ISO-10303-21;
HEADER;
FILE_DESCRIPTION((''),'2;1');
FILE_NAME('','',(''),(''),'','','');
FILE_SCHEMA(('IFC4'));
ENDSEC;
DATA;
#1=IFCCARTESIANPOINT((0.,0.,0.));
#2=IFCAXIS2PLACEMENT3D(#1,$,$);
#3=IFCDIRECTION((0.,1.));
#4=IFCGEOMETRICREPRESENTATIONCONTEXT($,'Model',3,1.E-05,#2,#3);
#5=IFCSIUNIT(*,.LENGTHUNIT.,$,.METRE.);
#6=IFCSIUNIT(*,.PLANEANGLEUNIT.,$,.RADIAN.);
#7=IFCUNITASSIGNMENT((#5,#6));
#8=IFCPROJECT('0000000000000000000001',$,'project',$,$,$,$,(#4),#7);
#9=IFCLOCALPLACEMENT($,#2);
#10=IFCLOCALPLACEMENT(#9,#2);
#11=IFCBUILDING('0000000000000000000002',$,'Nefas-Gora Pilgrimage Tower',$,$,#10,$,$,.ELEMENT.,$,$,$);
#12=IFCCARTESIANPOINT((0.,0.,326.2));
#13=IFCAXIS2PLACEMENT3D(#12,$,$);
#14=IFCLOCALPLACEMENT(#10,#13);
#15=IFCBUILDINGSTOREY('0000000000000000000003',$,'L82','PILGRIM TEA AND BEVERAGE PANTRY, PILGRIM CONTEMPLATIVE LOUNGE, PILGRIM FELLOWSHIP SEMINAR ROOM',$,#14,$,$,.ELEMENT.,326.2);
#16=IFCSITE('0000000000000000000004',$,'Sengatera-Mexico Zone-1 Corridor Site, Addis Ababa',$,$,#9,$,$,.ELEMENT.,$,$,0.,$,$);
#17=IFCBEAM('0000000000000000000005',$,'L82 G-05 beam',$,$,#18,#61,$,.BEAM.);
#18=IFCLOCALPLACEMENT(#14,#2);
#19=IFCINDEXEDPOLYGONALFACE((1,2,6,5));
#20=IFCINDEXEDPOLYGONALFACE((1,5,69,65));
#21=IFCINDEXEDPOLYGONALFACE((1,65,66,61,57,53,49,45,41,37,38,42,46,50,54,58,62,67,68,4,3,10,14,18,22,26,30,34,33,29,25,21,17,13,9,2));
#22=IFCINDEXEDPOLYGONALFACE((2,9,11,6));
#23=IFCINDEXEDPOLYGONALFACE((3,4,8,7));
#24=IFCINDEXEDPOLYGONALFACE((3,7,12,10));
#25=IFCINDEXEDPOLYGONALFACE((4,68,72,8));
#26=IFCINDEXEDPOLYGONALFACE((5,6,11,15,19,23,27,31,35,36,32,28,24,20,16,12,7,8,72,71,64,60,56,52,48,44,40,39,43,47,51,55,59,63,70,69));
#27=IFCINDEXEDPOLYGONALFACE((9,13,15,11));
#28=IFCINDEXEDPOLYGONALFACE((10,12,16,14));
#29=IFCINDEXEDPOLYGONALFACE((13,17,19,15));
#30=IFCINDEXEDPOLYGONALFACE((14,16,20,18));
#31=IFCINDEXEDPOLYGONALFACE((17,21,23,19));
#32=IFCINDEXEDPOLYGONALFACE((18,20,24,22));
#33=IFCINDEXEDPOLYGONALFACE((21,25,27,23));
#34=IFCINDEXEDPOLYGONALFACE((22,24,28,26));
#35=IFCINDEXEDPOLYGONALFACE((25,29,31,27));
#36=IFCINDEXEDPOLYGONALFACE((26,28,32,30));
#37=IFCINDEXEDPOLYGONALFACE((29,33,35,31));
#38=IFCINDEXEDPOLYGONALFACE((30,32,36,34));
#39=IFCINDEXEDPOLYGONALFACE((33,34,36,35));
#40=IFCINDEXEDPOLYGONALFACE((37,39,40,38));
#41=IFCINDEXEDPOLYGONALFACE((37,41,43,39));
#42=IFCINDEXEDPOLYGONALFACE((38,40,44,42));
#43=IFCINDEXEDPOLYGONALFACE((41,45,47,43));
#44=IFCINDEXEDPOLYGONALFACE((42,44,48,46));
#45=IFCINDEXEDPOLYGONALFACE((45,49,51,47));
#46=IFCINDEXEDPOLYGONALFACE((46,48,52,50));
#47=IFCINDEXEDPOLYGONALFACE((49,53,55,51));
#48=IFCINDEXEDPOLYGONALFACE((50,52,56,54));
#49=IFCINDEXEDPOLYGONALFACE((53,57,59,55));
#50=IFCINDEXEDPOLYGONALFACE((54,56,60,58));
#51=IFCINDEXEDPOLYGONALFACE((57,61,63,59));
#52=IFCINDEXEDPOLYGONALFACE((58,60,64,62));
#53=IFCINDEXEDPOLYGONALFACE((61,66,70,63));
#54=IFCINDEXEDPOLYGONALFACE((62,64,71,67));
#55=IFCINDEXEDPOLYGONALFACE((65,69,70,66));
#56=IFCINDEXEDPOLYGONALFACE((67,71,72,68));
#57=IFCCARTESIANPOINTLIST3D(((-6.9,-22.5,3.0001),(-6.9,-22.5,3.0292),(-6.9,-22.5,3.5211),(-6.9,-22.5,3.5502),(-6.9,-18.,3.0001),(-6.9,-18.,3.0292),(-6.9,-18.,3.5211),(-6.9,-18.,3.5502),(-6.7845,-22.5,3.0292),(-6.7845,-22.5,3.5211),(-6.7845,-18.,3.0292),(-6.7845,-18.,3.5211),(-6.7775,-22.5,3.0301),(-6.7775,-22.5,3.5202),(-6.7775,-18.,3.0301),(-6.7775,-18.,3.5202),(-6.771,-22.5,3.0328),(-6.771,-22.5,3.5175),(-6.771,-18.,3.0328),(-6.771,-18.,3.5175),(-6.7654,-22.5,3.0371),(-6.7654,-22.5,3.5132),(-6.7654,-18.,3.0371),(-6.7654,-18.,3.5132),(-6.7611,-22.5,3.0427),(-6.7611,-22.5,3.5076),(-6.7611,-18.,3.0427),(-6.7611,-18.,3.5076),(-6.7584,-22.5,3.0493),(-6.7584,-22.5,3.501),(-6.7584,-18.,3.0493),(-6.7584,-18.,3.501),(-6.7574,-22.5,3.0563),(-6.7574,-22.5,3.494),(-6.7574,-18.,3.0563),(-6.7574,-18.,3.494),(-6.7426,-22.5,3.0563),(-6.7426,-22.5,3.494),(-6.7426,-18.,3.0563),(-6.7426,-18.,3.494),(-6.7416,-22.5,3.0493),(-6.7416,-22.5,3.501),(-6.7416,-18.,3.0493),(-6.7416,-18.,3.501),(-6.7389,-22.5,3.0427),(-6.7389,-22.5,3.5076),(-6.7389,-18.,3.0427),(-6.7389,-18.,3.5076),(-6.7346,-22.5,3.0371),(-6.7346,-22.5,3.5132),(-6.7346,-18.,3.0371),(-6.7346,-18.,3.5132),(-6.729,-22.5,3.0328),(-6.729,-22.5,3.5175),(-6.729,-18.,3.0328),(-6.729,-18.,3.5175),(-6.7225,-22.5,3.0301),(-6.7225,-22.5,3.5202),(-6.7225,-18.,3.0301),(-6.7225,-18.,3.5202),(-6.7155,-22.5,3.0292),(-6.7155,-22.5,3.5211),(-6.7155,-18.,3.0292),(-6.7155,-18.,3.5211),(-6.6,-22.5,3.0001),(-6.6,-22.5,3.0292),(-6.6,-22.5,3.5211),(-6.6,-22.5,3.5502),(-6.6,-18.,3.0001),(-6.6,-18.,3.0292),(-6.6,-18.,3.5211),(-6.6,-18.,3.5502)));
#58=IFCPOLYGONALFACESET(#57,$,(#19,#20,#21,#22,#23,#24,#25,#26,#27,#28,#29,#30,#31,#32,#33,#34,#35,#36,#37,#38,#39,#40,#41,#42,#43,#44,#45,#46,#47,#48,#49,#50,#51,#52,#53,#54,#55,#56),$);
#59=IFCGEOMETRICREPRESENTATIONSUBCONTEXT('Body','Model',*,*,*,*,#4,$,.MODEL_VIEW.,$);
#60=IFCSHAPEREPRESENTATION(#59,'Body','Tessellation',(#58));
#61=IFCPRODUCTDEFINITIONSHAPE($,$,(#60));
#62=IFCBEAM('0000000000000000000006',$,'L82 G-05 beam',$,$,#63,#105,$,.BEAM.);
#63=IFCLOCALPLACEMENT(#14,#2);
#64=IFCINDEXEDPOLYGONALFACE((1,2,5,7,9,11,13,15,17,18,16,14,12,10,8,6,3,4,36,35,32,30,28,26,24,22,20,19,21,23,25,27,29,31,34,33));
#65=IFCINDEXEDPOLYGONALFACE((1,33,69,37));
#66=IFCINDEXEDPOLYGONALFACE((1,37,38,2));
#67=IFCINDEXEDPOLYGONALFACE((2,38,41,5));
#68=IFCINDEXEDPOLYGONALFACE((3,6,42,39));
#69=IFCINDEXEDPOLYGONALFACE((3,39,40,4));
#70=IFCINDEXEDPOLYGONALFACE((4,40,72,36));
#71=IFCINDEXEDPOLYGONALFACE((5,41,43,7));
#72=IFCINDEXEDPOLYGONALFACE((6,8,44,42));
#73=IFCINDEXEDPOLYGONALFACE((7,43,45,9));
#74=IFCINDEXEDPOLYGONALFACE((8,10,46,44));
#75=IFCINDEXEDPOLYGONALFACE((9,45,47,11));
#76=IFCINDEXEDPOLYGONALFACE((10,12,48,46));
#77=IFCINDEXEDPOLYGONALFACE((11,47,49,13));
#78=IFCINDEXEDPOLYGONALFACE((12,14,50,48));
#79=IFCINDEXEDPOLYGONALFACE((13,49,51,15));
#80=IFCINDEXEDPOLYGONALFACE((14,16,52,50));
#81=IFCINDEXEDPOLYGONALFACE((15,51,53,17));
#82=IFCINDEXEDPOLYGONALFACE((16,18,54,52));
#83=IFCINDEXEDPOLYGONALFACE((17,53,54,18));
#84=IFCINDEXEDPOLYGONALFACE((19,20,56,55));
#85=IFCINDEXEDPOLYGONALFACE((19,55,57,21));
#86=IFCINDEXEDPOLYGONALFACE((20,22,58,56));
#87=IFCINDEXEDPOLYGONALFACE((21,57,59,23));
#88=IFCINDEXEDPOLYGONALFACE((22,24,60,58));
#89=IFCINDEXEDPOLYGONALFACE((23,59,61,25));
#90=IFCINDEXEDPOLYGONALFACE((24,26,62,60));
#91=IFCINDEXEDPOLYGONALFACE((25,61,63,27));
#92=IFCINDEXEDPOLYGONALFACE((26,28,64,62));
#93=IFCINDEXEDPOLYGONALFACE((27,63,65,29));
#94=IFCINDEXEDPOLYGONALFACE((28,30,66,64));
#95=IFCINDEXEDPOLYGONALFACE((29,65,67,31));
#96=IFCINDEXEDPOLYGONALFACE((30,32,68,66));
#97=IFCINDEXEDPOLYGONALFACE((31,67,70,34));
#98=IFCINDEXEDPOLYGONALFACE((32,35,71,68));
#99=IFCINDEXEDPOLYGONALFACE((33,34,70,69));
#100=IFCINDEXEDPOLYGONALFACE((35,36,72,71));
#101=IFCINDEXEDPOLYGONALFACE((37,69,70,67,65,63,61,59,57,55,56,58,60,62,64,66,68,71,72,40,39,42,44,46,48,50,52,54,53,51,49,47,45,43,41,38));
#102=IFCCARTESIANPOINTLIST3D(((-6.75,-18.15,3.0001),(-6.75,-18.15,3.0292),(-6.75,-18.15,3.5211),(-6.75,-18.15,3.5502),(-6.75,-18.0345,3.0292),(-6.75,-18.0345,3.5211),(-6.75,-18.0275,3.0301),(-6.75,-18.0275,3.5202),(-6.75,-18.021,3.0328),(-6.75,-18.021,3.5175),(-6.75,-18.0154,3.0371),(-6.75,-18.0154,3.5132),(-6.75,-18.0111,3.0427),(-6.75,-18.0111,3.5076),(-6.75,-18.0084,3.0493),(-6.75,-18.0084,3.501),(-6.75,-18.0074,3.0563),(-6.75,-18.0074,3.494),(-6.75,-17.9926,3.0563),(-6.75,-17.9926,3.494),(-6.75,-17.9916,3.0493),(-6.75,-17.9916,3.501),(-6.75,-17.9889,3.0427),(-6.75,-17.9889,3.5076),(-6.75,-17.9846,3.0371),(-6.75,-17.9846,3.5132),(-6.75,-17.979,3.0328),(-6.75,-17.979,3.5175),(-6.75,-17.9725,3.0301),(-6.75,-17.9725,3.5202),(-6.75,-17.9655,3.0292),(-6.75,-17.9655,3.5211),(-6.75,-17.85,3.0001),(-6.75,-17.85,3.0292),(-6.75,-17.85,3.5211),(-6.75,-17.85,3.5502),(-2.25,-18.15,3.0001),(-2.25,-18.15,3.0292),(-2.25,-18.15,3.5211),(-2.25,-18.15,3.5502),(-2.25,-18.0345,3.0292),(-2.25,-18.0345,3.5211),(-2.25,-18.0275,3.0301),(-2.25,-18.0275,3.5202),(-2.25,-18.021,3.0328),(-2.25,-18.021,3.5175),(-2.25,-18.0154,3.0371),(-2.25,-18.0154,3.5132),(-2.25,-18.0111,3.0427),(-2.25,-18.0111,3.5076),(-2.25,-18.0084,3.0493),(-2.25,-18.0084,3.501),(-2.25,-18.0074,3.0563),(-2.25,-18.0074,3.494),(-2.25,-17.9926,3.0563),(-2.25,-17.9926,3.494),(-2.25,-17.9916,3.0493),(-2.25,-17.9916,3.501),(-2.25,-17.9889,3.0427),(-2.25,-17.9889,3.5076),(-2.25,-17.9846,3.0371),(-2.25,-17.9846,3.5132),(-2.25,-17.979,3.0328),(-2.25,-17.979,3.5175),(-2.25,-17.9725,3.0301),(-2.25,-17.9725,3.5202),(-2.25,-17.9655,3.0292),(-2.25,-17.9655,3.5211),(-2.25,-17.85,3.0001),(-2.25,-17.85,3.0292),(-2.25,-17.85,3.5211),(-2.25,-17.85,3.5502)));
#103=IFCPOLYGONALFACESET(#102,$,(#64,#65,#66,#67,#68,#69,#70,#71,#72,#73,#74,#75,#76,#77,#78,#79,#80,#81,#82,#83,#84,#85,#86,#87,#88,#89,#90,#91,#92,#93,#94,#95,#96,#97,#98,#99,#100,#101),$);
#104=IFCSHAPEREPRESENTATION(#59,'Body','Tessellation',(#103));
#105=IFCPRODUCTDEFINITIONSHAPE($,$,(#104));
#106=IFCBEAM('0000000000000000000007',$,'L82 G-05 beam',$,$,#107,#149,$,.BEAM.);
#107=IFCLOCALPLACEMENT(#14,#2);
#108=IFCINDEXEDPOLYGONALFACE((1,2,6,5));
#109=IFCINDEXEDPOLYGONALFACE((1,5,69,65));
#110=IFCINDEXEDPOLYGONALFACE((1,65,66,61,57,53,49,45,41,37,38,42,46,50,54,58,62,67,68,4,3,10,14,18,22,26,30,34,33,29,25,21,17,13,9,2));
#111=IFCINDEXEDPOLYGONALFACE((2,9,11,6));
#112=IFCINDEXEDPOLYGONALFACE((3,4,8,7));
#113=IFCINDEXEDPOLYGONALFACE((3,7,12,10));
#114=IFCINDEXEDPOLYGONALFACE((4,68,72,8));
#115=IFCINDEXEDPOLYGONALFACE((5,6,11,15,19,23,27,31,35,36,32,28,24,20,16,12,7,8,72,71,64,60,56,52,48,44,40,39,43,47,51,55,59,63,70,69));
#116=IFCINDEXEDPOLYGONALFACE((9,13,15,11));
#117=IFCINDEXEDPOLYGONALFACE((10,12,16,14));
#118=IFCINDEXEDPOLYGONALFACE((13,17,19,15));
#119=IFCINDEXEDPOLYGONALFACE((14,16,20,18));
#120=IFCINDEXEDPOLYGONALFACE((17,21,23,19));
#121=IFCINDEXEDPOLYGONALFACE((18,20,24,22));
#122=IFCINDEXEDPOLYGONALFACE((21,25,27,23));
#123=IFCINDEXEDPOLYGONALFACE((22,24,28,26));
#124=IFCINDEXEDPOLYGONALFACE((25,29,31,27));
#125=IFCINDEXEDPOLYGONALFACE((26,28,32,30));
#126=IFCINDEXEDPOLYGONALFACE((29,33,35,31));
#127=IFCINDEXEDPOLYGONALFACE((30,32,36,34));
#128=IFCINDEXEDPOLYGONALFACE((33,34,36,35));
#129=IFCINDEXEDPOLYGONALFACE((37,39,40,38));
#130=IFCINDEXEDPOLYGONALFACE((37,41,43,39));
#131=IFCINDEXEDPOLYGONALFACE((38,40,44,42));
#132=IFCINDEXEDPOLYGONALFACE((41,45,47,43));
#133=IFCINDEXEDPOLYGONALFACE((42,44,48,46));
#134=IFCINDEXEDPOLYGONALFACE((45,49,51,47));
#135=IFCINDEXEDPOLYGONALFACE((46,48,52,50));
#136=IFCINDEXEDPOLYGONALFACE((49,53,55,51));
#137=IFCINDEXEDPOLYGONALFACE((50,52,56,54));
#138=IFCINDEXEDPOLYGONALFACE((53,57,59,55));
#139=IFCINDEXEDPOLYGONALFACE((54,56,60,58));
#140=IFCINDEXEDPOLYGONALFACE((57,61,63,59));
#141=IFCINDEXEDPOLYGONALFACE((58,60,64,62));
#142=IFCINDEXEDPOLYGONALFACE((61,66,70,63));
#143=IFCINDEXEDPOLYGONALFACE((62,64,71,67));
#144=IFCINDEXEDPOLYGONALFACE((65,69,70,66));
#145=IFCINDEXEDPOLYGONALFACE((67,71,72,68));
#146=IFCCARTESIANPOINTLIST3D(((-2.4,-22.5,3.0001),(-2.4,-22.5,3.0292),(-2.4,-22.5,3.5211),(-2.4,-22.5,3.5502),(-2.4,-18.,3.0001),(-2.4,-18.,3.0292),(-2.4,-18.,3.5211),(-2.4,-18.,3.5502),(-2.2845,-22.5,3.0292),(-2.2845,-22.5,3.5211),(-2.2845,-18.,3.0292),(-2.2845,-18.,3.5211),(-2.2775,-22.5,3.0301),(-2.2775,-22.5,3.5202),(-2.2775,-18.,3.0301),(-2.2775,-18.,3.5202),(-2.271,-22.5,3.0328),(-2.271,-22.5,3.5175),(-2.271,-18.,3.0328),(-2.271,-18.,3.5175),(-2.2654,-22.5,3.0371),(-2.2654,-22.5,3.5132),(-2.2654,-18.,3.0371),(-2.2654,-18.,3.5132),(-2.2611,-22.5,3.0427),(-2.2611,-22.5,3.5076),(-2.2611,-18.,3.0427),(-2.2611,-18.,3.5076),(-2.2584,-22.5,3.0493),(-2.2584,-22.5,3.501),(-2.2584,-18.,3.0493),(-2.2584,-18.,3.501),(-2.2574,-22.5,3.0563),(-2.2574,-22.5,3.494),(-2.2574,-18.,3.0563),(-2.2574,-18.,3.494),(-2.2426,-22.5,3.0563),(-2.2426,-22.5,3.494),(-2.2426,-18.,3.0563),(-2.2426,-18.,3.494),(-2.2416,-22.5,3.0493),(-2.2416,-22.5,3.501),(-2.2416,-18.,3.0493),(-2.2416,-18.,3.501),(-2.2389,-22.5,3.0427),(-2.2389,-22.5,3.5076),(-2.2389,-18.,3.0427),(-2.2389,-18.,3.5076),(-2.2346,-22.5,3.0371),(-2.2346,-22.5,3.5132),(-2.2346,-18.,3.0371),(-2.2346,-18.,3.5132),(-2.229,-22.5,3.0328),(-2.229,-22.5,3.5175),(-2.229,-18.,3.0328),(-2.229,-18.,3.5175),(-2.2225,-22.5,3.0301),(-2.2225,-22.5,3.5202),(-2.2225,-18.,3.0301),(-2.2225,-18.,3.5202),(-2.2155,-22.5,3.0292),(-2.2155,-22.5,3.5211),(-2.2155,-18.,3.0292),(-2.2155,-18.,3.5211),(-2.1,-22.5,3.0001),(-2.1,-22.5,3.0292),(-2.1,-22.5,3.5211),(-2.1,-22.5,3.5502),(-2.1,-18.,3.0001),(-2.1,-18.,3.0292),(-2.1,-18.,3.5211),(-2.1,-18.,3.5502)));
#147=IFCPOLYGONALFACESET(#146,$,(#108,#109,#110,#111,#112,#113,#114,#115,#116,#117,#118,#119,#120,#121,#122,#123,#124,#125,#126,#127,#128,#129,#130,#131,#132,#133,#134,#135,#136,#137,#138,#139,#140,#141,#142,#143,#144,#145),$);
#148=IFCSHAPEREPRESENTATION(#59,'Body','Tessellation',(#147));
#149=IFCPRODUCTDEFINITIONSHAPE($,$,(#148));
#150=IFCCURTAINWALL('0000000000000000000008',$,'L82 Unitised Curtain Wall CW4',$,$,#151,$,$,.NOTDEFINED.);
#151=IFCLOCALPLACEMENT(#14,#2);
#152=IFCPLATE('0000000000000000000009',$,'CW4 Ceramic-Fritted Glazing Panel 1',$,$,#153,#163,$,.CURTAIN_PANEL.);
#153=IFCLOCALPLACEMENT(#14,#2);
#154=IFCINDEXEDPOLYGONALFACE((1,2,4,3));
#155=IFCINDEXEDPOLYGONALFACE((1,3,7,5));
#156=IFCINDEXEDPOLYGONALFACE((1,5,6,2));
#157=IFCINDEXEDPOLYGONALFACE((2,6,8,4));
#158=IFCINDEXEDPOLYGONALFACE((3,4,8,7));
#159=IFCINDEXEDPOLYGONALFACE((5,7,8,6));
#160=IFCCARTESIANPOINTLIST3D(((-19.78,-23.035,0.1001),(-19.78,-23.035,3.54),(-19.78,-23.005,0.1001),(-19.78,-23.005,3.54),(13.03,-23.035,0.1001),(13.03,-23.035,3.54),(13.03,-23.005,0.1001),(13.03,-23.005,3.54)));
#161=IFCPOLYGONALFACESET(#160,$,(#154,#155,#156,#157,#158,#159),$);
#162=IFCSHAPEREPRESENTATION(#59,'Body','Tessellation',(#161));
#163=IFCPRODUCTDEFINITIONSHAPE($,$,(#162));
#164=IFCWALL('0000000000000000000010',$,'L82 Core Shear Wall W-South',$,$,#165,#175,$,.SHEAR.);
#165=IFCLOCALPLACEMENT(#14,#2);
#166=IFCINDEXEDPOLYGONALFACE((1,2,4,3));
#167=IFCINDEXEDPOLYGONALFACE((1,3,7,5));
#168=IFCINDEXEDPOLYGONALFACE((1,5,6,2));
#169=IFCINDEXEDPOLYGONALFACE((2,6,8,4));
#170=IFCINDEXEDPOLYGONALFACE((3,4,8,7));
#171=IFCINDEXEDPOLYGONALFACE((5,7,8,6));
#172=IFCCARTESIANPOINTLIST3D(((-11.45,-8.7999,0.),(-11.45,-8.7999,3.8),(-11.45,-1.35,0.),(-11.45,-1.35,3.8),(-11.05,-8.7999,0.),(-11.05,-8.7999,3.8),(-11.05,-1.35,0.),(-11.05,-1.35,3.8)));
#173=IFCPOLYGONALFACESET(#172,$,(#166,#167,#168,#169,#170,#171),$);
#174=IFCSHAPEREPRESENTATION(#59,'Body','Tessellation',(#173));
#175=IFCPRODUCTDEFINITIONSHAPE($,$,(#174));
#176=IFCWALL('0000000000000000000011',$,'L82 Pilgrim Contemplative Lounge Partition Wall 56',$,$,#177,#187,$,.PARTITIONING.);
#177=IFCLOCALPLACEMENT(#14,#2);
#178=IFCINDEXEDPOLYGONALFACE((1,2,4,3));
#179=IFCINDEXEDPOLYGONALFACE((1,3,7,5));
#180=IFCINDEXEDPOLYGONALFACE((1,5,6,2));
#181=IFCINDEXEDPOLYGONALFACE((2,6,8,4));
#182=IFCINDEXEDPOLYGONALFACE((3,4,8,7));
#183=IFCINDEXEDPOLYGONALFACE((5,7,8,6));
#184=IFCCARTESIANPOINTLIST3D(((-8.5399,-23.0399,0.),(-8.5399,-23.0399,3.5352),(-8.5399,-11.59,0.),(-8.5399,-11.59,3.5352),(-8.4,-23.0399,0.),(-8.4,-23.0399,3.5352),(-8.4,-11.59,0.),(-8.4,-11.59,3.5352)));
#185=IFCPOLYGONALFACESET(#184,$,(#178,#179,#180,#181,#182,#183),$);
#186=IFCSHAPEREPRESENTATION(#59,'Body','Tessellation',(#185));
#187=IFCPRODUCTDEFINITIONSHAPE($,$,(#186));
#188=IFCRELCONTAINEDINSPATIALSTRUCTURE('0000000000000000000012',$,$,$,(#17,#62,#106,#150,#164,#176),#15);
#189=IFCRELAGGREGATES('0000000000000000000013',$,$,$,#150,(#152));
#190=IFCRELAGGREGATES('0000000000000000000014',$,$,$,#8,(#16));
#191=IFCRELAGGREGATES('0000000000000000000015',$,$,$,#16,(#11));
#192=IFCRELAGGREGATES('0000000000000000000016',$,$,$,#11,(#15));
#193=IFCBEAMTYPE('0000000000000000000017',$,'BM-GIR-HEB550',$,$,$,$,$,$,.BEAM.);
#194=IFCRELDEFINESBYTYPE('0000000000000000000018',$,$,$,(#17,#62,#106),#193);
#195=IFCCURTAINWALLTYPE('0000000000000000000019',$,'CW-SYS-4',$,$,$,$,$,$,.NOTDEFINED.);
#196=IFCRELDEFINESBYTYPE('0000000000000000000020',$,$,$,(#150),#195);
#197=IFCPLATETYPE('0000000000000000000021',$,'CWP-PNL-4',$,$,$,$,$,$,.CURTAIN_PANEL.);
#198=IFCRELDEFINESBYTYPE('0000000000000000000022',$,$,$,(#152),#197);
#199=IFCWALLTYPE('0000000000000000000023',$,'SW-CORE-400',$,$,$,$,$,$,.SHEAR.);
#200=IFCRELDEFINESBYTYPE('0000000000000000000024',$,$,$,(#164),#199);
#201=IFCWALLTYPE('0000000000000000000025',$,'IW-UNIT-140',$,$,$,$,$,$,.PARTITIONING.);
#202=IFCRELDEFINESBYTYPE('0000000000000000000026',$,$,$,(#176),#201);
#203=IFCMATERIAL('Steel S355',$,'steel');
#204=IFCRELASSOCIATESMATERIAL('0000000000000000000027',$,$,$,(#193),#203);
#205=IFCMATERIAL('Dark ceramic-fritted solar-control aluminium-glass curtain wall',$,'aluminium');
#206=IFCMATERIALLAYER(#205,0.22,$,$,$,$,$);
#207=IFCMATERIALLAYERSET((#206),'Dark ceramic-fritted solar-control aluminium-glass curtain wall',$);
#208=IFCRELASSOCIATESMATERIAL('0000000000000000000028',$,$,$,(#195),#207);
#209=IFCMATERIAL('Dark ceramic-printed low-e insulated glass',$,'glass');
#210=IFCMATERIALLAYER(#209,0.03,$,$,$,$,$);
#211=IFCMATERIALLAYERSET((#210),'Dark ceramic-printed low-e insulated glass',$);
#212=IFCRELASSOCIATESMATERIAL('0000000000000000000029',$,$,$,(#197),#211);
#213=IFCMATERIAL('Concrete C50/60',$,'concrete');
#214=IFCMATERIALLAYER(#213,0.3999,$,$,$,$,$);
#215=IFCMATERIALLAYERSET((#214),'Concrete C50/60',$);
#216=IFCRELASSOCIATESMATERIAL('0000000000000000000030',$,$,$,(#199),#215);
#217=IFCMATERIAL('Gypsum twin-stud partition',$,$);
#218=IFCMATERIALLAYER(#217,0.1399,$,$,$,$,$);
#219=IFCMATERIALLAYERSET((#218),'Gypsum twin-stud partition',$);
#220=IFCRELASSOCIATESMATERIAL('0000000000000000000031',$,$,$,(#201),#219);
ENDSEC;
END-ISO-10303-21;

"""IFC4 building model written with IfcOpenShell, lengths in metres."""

from ifc_helpers import new_model, si_unit, direction, frame, frame_2d, origin, origin_2d, place, context, subcontext, project, spatial, rectangle, i_section, extrude, source, transform, mapped, material, layer, layer_set, material_profile, profile_set, type_object, element, aggregate, save


model = new_model("IFC4")

# Units and contexts
model_context = context("Model", 3, precision=1e-05, world=origin(), true_north=direction((0.0, 1.0)))
body_context = subcontext(model_context, "Body", "Model", "MODEL_VIEW")
ifc_project = project(units=[si_unit("LENGTHUNIT", "METRE"), si_unit("PLANEANGLEUNIT", "RADIAN")], contexts=[model_context])

# Site, building, storey
site_placement = place(None, origin())
site = spatial("IfcSite", under=ifc_project, at=site_placement, Name="Sengatera-Mexico Zone-1 Corridor Site, Addis Ababa", CompositionType="ELEMENT", RefElevation=0.0)
building_placement = place(site_placement, origin())
building = spatial("IfcBuilding", under=site, at=building_placement, Name="Nefas-Gora Pilgrimage Tower", CompositionType="ELEMENT")
storey_placement = place(building_placement, frame((0.0, 0.0, 326.2)))
storey = spatial("IfcBuildingStorey", under=building, at=storey_placement, Name="L82", Description="PILGRIM TEA AND BEVERAGE PANTRY, PILGRIM CONTEMPLATIVE LOUNGE, PILGRIM FELLOWSHIP SEMINAR ROOM", CompositionType="ELEMENT", Elevation=326.2)

# Shared definitions
ifc_material_1 = material(Name="Steel S355", Category="steel")
ifc_material_2 = material(Name="Concrete C50/60", Category="concrete")

# Beams
ifc_material_profile_1 = material_profile(ifc_material_1, i_section(OverallWidth=0.3, OverallDepth=0.55, WebThickness=0.0149, FlangeThickness=0.0291, FilletRadius=0.0271, at=origin_2d()), Name="HEB 550")
ifc_profile_set_1 = profile_set([ifc_material_profile_1], Name="Steel S355")
beam_type_1 = type_object("IfcBeamType", Name="BM-GIR-HEB550", PredefinedType="BEAM", material=ifc_profile_set_1)
shared_shape_1 = source(origin(), body_context, "Body", "SweptSolid", [
    extrude(i_section(OverallWidth=0.3, OverallDepth=0.55, WebThickness=0.0149, FlangeThickness=0.0291, FilletRadius=0.0271, at=origin_2d()), origin(), (0.0, 0.0, 1.0), 4.5),
])
for number, where, z_axis, x_axis, name in (
    (1, (-6.75, -22.5, 3.2751), (0.0, 1.0, 0.0), (-1.0, 0.0, 0.0), "L82 G-05 beam"),
    (2, (-6.75, -18.0, 3.2751), (1.0, 0.0, 0.0), (0.0, 1.0, 0.0), "L82 G-05 beam"),
    (3, (-2.25, -22.5, 3.2751), (0.0, 1.0, 0.0), (-1.0, 0.0, 0.0), "L82 G-05 beam"),
):
    element("IfcBeam", number, at=place(storey_placement, frame(where, z_axis=z_axis, x_axis=x_axis)), inside=storey, type_object=beam_type_1, Name=name, PredefinedType="BEAM", context=body_context, shape_type="MappedRepresentation", body=[
        mapped(shared_shape_1, transform((0.0, 0.0, 0.0), x_axis=(1.0, 0.0, 0.0), y_axis=(0.0, 1.0, 0.0), z_axis=(0.0, 0.0, 1.0), scale=1.0)),
    ])

# Curtain wall, plate
ifc_material_3 = material(Name="Dark ceramic-fritted solar-control aluminium-glass curtain wall", Category="aluminium")
ifc_layer_1 = layer(ifc_material_3, 0.22)
ifc_layer_set_1 = layer_set([ifc_layer_1], Name="Dark ceramic-fritted solar-control aluminium-glass curtain wall")
curtain_wall_type = type_object("IfcCurtainWallType", Name="CW-SYS-4", PredefinedType="NOTDEFINED", material=ifc_layer_set_1)
curtain_wall_placement = place(storey_placement, origin())
curtain_wall = element("IfcCurtainWall", 4, at=curtain_wall_placement, inside=storey, type_object=curtain_wall_type, Name="L82 Unitised Curtain Wall CW4", PredefinedType="NOTDEFINED")
ifc_material_4 = material(Name="Dark ceramic-printed low-e insulated glass", Category="glass")
ifc_layer_2 = layer(ifc_material_4, 0.03)
ifc_layer_set_2 = layer_set([ifc_layer_2], Name="Dark ceramic-printed low-e insulated glass")
plate_type = type_object("IfcPlateType", Name="CWP-PNL-4", PredefinedType="CURTAIN_PANEL", material=ifc_layer_set_2)
shared_shape_2 = source(origin(), body_context, "Body", "SweptSolid", [
    extrude(rectangle(XDim=32.8101, YDim=0.03, at=origin_2d()), origin(), (0.0, 0.0, 1.0), 3.4399),
])
plate_placement = place(storey_placement, frame((-3.375, -23.02, 0.1001), z_axis=(0.0, 0.0, 1.0), x_axis=(1.0, 0.0, 0.0)))
plate = element("IfcPlate", 5, at=plate_placement, type_object=plate_type, Name="CW4 Ceramic-Fritted Glazing Panel 1", PredefinedType="CURTAIN_PANEL", context=body_context, shape_type="MappedRepresentation", body=[
    mapped(shared_shape_2, transform((0.0, 0.0, 0.0), x_axis=(1.0, 0.0, 0.0), y_axis=(0.0, 1.0, 0.0), z_axis=(0.0, 0.0, 1.0), scale=1.0)),
])
aggregate(curtain_wall, [plate])

# Walls
ifc_layer_3 = layer(ifc_material_2, 0.3999)
ifc_layer_set_3 = layer_set([ifc_layer_3], Name="Concrete C50/60")
wall_type_1 = type_object("IfcWallType", Name="SW-CORE-400", PredefinedType="SHEAR", material=ifc_layer_set_3)
shared_shape_3 = source(origin(), body_context, "Body", "SweptSolid", [
    extrude(rectangle(XDim=7.45, YDim=0.3999, at=frame_2d((3.7251, 0.0))), origin(), (0.0, 0.0, 1.0), 3.8),
])
wall_1_placement = place(storey_placement, frame((-11.25, -8.8, 0.0), z_axis=(0.0, 0.0, 1.0), x_axis=(0.0, 1.0, 0.0)))
element("IfcWall", 6, at=wall_1_placement, inside=storey, type_object=wall_type_1, Name="L82 Core Shear Wall W-South", PredefinedType="SHEAR", context=body_context, shape_type="MappedRepresentation", body=[
    mapped(shared_shape_3, transform((0.0, 0.0, 0.0), x_axis=(1.0, 0.0, 0.0), y_axis=(0.0, 1.0, 0.0), z_axis=(0.0, 0.0, 1.0), scale=1.0)),
])
ifc_material_5 = material(Name="Gypsum twin-stud partition")
ifc_layer_4 = layer(ifc_material_5, 0.1399)
ifc_layer_set_4 = layer_set([ifc_layer_4], Name="Gypsum twin-stud partition")
wall_type_2 = type_object("IfcWallType", Name="IW-UNIT-140", PredefinedType="PARTITIONING", material=ifc_layer_set_4)
shared_shape_4 = source(origin(), body_context, "Body", "SweptSolid", [
    extrude(rectangle(XDim=11.45, YDim=0.1399, at=frame_2d((5.7251, 0.0))), origin(), (0.0, 0.0, 1.0), 3.5352),
])
for number, where, z_axis, x_axis, name in (
    (7, (-8.47, -23.04, 0.0), (0.0, 0.0, 1.0), (0.0, 1.0, 0.0), "L82 Pilgrim Contemplative Lounge Partition Wall 56"),
):
    element("IfcWall", number, at=place(storey_placement, frame(where, z_axis=z_axis, x_axis=x_axis)), inside=storey, type_object=wall_type_2, Name=name, PredefinedType="PARTITIONING", context=body_context, shape_type="MappedRepresentation", body=[
        mapped(shared_shape_4, transform((0.0, 0.0, 0.0), x_axis=(1.0, 0.0, 0.0), y_axis=(0.0, 1.0, 0.0), z_axis=(0.0, 0.0, 1.0), scale=1.0)),
    ])

save(model, "model.ifc")
